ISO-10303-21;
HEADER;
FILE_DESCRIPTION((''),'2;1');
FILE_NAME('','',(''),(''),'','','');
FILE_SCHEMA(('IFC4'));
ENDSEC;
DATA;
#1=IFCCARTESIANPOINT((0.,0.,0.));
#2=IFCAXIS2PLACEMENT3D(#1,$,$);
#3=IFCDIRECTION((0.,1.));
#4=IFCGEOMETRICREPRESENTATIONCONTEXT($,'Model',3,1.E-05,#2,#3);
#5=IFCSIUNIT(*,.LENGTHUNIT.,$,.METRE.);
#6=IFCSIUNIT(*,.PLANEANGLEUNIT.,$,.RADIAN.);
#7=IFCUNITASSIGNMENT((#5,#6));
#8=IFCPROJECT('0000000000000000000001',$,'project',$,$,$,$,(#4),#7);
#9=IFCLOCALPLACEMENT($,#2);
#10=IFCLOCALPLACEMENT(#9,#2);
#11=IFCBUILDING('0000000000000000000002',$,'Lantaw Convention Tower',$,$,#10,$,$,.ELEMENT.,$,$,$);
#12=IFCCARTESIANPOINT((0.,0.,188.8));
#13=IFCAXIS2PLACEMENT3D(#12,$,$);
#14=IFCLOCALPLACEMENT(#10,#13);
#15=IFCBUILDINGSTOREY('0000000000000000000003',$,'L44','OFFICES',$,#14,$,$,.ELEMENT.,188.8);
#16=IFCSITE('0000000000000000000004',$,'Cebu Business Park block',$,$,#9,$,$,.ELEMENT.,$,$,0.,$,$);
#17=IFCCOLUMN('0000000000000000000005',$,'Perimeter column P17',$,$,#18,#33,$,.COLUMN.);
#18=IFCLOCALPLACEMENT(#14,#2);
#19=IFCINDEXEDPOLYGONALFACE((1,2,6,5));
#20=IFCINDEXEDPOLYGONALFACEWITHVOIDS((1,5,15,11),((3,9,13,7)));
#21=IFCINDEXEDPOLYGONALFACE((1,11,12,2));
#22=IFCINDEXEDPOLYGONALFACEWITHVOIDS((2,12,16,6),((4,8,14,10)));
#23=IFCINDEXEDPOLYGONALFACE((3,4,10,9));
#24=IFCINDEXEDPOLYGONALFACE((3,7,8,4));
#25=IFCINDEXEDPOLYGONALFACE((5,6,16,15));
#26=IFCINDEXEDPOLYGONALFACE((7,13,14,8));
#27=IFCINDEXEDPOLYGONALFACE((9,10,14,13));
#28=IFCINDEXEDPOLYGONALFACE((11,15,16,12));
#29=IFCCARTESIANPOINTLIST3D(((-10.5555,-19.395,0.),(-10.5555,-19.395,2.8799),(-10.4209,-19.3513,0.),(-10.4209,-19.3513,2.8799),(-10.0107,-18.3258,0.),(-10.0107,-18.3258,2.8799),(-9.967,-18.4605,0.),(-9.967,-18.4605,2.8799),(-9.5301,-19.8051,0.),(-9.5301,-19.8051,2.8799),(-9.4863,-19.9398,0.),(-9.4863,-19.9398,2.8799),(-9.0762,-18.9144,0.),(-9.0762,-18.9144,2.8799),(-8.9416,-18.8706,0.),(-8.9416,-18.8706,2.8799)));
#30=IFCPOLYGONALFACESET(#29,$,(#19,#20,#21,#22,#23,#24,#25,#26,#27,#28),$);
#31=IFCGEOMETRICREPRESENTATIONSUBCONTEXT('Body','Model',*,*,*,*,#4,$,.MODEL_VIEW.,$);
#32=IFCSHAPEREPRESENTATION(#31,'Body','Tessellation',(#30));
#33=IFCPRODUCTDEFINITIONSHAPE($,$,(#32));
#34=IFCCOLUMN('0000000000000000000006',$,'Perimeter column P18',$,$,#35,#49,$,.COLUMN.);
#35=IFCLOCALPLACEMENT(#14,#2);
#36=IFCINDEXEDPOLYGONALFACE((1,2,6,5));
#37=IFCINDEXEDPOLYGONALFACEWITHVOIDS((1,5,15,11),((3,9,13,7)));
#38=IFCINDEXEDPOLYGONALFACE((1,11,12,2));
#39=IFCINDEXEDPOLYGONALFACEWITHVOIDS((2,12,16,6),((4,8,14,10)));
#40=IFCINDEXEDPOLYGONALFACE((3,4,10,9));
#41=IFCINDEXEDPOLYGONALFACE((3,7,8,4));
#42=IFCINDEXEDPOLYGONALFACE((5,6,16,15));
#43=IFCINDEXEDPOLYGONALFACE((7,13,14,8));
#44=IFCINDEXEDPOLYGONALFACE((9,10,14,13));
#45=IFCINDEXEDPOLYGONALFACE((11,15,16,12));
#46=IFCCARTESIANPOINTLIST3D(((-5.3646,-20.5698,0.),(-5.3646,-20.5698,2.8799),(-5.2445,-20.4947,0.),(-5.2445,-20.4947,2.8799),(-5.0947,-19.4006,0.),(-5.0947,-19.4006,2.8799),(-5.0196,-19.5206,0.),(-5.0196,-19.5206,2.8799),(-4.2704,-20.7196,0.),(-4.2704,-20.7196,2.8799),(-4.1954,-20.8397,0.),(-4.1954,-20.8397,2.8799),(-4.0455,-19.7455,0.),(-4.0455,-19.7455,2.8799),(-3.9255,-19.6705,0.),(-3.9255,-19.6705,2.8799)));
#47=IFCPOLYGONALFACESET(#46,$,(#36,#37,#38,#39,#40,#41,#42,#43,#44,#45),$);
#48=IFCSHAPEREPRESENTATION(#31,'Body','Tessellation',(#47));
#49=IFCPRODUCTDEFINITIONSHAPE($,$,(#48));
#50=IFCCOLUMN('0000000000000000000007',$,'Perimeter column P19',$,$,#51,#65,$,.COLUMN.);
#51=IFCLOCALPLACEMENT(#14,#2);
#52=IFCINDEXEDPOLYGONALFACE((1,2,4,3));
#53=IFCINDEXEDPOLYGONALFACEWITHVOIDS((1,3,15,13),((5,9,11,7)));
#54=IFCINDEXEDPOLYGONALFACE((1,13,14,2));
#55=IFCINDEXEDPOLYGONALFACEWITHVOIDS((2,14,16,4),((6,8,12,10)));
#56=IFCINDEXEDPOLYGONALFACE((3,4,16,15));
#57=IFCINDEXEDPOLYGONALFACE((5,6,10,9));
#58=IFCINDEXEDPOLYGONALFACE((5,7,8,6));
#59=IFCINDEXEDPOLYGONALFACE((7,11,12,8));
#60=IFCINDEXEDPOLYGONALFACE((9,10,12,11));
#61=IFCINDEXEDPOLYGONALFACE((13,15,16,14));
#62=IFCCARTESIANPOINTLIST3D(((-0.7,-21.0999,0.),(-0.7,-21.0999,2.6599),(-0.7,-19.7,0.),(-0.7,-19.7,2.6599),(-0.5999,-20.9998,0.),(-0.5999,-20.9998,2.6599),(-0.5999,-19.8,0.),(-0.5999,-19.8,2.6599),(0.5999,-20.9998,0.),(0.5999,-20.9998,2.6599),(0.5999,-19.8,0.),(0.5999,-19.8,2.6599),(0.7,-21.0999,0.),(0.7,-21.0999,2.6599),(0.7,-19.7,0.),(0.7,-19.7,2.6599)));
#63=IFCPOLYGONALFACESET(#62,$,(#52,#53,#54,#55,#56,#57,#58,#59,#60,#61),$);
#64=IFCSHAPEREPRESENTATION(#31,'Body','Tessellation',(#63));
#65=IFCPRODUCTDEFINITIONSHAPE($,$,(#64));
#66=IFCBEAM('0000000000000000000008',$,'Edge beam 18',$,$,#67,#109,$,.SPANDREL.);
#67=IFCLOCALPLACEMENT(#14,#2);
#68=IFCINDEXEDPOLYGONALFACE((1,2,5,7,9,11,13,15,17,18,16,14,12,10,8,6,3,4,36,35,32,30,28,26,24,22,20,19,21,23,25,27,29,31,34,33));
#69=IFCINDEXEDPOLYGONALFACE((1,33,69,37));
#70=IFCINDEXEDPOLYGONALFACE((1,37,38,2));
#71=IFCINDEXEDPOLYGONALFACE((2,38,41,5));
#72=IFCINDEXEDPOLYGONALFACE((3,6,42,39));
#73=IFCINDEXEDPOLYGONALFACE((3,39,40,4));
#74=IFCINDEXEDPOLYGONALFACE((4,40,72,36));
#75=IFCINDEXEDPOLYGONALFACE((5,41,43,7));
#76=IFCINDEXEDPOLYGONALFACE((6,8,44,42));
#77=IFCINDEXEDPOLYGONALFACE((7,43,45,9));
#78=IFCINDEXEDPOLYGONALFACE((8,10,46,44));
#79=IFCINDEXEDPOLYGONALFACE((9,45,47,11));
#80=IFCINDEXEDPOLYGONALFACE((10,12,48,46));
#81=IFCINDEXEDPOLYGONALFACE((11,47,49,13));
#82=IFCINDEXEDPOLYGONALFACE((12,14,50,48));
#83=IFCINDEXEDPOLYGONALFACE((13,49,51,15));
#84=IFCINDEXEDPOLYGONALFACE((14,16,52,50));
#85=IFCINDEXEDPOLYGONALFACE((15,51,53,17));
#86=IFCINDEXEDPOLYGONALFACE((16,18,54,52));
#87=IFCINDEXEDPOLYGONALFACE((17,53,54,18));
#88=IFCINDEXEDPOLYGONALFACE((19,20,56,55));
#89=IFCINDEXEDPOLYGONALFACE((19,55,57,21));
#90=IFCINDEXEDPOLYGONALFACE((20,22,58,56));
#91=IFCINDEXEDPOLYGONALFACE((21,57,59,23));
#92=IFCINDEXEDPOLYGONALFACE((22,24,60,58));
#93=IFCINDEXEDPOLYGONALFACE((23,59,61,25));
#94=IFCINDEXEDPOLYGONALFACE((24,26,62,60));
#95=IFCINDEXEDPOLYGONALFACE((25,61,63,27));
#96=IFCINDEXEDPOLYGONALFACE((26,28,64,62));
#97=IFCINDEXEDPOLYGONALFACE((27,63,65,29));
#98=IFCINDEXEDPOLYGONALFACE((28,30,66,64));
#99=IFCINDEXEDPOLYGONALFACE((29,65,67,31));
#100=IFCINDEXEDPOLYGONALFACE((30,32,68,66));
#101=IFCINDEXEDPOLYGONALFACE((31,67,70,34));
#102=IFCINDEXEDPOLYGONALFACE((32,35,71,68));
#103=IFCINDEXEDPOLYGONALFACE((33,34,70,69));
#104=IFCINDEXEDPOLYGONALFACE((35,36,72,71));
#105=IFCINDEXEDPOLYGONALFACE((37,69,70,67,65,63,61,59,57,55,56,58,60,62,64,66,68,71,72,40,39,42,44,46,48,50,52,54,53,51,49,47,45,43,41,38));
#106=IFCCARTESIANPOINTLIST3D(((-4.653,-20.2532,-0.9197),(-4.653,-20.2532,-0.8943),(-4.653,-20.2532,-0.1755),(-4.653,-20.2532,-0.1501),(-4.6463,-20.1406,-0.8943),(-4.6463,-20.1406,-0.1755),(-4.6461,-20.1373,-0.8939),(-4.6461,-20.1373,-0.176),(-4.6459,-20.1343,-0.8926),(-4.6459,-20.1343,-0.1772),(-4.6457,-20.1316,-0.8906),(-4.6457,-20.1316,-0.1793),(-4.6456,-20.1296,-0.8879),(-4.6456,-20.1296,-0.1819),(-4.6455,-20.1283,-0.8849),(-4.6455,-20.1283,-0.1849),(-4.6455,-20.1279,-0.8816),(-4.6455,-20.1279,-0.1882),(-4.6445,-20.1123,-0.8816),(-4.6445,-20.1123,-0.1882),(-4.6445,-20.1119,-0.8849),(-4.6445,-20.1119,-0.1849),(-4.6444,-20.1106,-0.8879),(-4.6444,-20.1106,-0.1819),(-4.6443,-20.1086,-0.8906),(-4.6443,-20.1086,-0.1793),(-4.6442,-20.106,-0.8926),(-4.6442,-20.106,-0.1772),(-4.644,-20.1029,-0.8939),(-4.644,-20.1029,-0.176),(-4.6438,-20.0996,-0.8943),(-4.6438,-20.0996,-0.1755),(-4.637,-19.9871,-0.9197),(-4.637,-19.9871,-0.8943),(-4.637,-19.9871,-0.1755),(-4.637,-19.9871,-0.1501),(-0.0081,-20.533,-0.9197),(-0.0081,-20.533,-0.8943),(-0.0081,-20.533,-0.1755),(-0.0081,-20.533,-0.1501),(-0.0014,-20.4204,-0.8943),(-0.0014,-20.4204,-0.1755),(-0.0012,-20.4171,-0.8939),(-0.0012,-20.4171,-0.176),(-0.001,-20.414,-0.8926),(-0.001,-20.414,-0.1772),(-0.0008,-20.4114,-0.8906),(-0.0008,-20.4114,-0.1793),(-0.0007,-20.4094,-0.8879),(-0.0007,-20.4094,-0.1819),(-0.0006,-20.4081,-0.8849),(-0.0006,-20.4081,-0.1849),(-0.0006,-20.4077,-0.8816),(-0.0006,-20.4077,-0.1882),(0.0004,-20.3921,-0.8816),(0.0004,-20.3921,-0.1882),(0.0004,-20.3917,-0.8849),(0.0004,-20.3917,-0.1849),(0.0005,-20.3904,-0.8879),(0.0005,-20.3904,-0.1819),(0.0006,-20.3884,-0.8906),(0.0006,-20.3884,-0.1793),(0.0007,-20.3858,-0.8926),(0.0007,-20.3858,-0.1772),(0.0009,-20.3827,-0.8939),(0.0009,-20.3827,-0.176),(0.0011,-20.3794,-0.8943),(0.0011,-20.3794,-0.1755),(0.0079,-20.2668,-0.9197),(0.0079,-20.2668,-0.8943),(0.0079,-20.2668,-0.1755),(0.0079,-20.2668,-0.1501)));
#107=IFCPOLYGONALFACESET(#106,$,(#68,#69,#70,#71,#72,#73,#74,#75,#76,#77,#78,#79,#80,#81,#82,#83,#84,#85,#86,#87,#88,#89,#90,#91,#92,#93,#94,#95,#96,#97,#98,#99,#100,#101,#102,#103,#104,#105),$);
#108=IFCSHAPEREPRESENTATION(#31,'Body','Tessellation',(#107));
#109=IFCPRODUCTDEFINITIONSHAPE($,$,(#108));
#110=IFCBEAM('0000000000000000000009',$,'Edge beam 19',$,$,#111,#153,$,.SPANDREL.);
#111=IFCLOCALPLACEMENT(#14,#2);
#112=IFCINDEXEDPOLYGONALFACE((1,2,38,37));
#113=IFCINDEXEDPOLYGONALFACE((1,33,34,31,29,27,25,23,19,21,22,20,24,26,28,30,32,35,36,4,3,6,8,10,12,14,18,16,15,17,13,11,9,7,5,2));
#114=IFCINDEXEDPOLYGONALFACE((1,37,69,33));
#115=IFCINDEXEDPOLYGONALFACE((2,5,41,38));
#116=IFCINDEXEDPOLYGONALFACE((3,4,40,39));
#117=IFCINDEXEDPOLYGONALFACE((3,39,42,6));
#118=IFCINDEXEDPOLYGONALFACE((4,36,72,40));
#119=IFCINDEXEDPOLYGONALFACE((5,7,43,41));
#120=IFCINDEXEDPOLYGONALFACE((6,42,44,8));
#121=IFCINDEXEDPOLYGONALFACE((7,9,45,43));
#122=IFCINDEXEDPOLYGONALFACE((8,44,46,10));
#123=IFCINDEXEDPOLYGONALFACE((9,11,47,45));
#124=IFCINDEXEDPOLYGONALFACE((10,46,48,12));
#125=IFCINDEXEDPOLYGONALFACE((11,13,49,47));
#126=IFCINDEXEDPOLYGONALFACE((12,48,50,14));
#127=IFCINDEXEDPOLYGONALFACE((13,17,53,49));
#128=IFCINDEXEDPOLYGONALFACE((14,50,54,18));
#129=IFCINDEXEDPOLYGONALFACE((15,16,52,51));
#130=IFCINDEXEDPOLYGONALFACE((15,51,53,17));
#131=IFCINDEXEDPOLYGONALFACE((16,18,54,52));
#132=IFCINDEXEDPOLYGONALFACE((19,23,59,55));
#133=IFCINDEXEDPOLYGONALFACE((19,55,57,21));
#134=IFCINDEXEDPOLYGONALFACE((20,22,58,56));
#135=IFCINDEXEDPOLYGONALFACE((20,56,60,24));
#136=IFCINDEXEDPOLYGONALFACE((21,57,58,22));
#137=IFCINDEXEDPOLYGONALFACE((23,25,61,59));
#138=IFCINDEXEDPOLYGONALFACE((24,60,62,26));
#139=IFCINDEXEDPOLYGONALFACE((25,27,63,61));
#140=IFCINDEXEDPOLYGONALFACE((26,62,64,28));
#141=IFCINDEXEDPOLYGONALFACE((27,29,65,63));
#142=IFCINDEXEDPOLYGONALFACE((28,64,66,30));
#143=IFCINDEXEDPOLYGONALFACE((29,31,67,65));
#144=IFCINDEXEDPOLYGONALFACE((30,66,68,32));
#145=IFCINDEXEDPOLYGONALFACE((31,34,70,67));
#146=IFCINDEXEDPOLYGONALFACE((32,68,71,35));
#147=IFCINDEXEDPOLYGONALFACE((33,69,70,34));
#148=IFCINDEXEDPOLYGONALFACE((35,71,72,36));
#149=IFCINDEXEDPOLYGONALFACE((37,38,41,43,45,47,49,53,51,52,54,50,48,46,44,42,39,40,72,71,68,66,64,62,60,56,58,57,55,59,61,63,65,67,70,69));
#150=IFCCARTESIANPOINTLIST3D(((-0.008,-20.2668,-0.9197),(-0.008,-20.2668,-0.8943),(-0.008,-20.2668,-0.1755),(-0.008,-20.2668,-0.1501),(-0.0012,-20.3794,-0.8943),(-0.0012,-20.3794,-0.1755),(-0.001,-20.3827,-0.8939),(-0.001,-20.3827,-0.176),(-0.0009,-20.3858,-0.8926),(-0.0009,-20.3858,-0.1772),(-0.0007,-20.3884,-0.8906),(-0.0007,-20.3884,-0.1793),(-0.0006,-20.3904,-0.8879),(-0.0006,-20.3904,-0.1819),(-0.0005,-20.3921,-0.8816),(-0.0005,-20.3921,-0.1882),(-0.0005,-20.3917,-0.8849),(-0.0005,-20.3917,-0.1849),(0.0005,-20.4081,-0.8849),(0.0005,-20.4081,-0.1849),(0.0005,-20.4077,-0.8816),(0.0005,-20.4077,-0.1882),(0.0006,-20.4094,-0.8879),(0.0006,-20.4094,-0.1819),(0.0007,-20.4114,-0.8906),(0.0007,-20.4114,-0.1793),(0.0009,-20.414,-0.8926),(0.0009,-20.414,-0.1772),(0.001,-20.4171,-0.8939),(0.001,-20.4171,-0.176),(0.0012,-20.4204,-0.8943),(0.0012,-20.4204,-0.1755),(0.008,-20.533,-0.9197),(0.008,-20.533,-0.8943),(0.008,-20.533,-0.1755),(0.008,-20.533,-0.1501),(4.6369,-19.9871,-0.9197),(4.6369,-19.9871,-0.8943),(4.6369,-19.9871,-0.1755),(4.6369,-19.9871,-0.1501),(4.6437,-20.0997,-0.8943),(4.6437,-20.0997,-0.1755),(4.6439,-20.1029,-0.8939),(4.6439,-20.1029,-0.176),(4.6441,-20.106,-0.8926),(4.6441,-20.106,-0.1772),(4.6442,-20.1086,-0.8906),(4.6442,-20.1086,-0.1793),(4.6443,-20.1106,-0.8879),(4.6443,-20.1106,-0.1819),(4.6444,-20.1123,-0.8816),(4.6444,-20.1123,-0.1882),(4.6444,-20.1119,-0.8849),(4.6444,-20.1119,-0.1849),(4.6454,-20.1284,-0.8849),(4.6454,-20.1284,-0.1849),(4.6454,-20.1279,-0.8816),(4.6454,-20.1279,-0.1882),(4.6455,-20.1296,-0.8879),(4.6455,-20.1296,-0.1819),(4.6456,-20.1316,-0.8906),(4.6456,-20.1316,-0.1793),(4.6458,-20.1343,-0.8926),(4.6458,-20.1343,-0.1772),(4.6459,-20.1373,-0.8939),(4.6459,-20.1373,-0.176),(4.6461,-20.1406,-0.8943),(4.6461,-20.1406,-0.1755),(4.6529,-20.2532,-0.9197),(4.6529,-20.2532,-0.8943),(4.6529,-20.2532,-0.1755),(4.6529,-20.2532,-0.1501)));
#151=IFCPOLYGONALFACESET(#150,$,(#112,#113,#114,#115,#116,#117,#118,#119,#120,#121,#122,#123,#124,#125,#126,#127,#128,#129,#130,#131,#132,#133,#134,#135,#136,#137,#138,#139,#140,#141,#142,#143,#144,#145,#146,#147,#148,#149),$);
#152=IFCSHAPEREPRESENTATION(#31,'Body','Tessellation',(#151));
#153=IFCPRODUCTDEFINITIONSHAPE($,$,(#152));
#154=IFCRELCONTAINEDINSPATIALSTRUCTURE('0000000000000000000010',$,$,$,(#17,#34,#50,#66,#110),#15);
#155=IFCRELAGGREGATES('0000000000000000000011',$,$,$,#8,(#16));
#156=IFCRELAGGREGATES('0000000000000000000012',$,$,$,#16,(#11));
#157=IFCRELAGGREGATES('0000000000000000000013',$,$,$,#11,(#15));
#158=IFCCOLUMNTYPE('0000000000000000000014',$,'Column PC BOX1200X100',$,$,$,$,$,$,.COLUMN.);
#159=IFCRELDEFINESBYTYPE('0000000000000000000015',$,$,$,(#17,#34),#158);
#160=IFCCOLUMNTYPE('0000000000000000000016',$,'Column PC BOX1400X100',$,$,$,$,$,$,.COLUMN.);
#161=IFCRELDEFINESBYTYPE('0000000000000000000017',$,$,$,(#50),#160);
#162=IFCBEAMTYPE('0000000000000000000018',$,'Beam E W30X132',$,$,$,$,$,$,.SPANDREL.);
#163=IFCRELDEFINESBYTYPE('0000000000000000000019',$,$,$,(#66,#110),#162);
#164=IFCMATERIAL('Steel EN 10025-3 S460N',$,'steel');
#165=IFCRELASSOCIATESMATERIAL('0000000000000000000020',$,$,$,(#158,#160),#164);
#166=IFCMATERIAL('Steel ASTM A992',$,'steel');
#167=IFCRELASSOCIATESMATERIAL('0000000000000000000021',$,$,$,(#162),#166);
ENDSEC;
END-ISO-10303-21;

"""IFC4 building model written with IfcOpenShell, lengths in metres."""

from ifc_helpers import new_model, si_unit, direction, frame, origin, origin_2d, place, context, subcontext, project, spatial, rectangle, hollow_rectangle, i_section, extrude, material, material_profile, profile_set, type_object, element, save


model = new_model("IFC4")

# Units and contexts
model_context = context("Model", 3, precision=1e-05, world=origin(), true_north=direction((0.0, 1.0)))
body_context = subcontext(model_context, "Body", "Model", "MODEL_VIEW")
ifc_project = project(units=[si_unit("LENGTHUNIT", "METRE"), si_unit("PLANEANGLEUNIT", "RADIAN")], contexts=[model_context])

# Site, building, storey
site_placement = place(None, origin())
site = spatial("IfcSite", under=ifc_project, at=site_placement, Name="Cebu Business Park block", CompositionType="ELEMENT", RefElevation=0.0)
building_placement = place(site_placement, origin())
building = spatial("IfcBuilding", under=site, at=building_placement, Name="Lantaw Convention Tower", CompositionType="ELEMENT")
storey_placement = place(building_placement, frame((0.0, 0.0, 188.8)))
storey = spatial("IfcBuildingStorey", under=building, at=storey_placement, Name="L44", Description="OFFICES", CompositionType="ELEMENT", Elevation=188.8)

# Columns
ifc_material_1 = material(Name="Steel EN 10025-3 S460N", Category="steel")
ifc_material_profile_1 = material_profile(ifc_material_1, hollow_rectangle(XDim=1.2, YDim=1.2, WallThickness=0.1001, at=origin_2d()), Name="BOX1200X100")
ifc_material_2 = material(Name="Concrete C60/75", Category="concrete")
ifc_material_profile_2 = material_profile(ifc_material_2, rectangle(XDim=1.0, YDim=1.0, at=origin_2d()), Name="Concrete fill of BOX1200X100")
ifc_profile_set_1 = profile_set([ifc_material_profile_1, ifc_material_profile_2], Name="Steel EN 10025-3 S460N")
column_type_1 = type_object("IfcColumnType", Name="Column PC BOX1200X100", PredefinedType="COLUMN", material=ifc_profile_set_1)
for number, where, z_axis, x_axis, name in (
    (1, (-9.7485, -19.1328, 0.0), (0.0, 0.0, 1.0), (0.45399, 0.891007, 0.0), "Perimeter column P17"),
    (2, (-4.645, -20.1201, 0.0), (0.0, 0.0, 1.0), (0.224951, 0.97437, 0.0), "Perimeter column P18"),
):
    element("IfcColumn", number, at=place(storey_placement, frame(where, z_axis=z_axis, x_axis=x_axis)), inside=storey, type_object=column_type_1, Name=name, PredefinedType="COLUMN", context=body_context, shape_type="SweptSolid", body=[
        extrude(hollow_rectangle(XDim=1.2, YDim=1.2, WallThickness=0.1001, at=origin_2d()), origin(), (0.0, 0.0, 1.0), 2.8799),
    ])
ifc_material_profile_3 = material_profile(ifc_material_1, hollow_rectangle(XDim=1.3999, YDim=1.3999, WallThickness=0.1001, at=origin_2d()), Name="BOX1400X100")
ifc_material_profile_4 = material_profile(ifc_material_2, rectangle(XDim=1.2, YDim=1.2, at=origin_2d()), Name="Concrete fill of BOX1400X100")
ifc_profile_set_2 = profile_set([ifc_material_profile_3, ifc_material_profile_4], Name="Steel EN 10025-3 S460N")
column_type_2 = type_object("IfcColumnType", Name="Column PC BOX1400X100", PredefinedType="COLUMN", material=ifc_profile_set_2)
column_placement = place(storey_placement, frame((0.0, -20.3999, 0.0), z_axis=(0.0, 0.0, 1.0), x_axis=(1.0, 0.0, 0.0)))
element("IfcColumn", 3, at=column_placement, inside=storey, type_object=column_type_2, Name="Perimeter column P19", PredefinedType="COLUMN", context=body_context, shape_type="SweptSolid", body=[
    extrude(hollow_rectangle(XDim=1.3999, YDim=1.3999, WallThickness=0.1001, at=origin_2d()), origin(), (0.0, 0.0, 1.0), 2.6599),
])

# Beams
ifc_material_3 = material(Name="Steel ASTM A992", Category="steel")
ifc_material_profile_5 = material_profile(ifc_material_3, i_section(OverallWidth=0.2666, OverallDepth=0.7695, WebThickness=0.0156, FlangeThickness=0.0254, FilletRadius=0.0127, at=origin_2d()), Name="W30X132")
ifc_profile_set_3 = profile_set([ifc_material_profile_5], Name="Steel ASTM A992")
beam_type_1 = type_object("IfcBeamType", Name="Beam E W30X132", PredefinedType="SPANDREL", material=ifc_profile_set_3)
for number, where, z_axis, x_axis, name in (
    (4, (-4.645, -20.1201, -0.5349), (0.998191, -0.060124, 0.0), (0.060124, 0.998191, 0.0), "Edge beam 18"),
    (5, (0.0, -20.3999, -0.5349), (0.998191, 0.060124, 0.0), (-0.060124, 0.998191, 0.0), "Edge beam 19"),
):
    element("IfcBeam", number, at=place(storey_placement, frame(where, z_axis=z_axis, x_axis=x_axis)), inside=storey, type_object=beam_type_1, Name=name, PredefinedType="SPANDREL", context=body_context, shape_type="SweptSolid", body=[
        extrude(i_section(OverallWidth=0.2666, OverallDepth=0.7695, WebThickness=0.0156, FlangeThickness=0.0254, FilletRadius=0.0127, at=origin_2d()), origin(), (0.0, 0.0, 1.0), 4.6533),
    ])

save(model, "model.ifc")
